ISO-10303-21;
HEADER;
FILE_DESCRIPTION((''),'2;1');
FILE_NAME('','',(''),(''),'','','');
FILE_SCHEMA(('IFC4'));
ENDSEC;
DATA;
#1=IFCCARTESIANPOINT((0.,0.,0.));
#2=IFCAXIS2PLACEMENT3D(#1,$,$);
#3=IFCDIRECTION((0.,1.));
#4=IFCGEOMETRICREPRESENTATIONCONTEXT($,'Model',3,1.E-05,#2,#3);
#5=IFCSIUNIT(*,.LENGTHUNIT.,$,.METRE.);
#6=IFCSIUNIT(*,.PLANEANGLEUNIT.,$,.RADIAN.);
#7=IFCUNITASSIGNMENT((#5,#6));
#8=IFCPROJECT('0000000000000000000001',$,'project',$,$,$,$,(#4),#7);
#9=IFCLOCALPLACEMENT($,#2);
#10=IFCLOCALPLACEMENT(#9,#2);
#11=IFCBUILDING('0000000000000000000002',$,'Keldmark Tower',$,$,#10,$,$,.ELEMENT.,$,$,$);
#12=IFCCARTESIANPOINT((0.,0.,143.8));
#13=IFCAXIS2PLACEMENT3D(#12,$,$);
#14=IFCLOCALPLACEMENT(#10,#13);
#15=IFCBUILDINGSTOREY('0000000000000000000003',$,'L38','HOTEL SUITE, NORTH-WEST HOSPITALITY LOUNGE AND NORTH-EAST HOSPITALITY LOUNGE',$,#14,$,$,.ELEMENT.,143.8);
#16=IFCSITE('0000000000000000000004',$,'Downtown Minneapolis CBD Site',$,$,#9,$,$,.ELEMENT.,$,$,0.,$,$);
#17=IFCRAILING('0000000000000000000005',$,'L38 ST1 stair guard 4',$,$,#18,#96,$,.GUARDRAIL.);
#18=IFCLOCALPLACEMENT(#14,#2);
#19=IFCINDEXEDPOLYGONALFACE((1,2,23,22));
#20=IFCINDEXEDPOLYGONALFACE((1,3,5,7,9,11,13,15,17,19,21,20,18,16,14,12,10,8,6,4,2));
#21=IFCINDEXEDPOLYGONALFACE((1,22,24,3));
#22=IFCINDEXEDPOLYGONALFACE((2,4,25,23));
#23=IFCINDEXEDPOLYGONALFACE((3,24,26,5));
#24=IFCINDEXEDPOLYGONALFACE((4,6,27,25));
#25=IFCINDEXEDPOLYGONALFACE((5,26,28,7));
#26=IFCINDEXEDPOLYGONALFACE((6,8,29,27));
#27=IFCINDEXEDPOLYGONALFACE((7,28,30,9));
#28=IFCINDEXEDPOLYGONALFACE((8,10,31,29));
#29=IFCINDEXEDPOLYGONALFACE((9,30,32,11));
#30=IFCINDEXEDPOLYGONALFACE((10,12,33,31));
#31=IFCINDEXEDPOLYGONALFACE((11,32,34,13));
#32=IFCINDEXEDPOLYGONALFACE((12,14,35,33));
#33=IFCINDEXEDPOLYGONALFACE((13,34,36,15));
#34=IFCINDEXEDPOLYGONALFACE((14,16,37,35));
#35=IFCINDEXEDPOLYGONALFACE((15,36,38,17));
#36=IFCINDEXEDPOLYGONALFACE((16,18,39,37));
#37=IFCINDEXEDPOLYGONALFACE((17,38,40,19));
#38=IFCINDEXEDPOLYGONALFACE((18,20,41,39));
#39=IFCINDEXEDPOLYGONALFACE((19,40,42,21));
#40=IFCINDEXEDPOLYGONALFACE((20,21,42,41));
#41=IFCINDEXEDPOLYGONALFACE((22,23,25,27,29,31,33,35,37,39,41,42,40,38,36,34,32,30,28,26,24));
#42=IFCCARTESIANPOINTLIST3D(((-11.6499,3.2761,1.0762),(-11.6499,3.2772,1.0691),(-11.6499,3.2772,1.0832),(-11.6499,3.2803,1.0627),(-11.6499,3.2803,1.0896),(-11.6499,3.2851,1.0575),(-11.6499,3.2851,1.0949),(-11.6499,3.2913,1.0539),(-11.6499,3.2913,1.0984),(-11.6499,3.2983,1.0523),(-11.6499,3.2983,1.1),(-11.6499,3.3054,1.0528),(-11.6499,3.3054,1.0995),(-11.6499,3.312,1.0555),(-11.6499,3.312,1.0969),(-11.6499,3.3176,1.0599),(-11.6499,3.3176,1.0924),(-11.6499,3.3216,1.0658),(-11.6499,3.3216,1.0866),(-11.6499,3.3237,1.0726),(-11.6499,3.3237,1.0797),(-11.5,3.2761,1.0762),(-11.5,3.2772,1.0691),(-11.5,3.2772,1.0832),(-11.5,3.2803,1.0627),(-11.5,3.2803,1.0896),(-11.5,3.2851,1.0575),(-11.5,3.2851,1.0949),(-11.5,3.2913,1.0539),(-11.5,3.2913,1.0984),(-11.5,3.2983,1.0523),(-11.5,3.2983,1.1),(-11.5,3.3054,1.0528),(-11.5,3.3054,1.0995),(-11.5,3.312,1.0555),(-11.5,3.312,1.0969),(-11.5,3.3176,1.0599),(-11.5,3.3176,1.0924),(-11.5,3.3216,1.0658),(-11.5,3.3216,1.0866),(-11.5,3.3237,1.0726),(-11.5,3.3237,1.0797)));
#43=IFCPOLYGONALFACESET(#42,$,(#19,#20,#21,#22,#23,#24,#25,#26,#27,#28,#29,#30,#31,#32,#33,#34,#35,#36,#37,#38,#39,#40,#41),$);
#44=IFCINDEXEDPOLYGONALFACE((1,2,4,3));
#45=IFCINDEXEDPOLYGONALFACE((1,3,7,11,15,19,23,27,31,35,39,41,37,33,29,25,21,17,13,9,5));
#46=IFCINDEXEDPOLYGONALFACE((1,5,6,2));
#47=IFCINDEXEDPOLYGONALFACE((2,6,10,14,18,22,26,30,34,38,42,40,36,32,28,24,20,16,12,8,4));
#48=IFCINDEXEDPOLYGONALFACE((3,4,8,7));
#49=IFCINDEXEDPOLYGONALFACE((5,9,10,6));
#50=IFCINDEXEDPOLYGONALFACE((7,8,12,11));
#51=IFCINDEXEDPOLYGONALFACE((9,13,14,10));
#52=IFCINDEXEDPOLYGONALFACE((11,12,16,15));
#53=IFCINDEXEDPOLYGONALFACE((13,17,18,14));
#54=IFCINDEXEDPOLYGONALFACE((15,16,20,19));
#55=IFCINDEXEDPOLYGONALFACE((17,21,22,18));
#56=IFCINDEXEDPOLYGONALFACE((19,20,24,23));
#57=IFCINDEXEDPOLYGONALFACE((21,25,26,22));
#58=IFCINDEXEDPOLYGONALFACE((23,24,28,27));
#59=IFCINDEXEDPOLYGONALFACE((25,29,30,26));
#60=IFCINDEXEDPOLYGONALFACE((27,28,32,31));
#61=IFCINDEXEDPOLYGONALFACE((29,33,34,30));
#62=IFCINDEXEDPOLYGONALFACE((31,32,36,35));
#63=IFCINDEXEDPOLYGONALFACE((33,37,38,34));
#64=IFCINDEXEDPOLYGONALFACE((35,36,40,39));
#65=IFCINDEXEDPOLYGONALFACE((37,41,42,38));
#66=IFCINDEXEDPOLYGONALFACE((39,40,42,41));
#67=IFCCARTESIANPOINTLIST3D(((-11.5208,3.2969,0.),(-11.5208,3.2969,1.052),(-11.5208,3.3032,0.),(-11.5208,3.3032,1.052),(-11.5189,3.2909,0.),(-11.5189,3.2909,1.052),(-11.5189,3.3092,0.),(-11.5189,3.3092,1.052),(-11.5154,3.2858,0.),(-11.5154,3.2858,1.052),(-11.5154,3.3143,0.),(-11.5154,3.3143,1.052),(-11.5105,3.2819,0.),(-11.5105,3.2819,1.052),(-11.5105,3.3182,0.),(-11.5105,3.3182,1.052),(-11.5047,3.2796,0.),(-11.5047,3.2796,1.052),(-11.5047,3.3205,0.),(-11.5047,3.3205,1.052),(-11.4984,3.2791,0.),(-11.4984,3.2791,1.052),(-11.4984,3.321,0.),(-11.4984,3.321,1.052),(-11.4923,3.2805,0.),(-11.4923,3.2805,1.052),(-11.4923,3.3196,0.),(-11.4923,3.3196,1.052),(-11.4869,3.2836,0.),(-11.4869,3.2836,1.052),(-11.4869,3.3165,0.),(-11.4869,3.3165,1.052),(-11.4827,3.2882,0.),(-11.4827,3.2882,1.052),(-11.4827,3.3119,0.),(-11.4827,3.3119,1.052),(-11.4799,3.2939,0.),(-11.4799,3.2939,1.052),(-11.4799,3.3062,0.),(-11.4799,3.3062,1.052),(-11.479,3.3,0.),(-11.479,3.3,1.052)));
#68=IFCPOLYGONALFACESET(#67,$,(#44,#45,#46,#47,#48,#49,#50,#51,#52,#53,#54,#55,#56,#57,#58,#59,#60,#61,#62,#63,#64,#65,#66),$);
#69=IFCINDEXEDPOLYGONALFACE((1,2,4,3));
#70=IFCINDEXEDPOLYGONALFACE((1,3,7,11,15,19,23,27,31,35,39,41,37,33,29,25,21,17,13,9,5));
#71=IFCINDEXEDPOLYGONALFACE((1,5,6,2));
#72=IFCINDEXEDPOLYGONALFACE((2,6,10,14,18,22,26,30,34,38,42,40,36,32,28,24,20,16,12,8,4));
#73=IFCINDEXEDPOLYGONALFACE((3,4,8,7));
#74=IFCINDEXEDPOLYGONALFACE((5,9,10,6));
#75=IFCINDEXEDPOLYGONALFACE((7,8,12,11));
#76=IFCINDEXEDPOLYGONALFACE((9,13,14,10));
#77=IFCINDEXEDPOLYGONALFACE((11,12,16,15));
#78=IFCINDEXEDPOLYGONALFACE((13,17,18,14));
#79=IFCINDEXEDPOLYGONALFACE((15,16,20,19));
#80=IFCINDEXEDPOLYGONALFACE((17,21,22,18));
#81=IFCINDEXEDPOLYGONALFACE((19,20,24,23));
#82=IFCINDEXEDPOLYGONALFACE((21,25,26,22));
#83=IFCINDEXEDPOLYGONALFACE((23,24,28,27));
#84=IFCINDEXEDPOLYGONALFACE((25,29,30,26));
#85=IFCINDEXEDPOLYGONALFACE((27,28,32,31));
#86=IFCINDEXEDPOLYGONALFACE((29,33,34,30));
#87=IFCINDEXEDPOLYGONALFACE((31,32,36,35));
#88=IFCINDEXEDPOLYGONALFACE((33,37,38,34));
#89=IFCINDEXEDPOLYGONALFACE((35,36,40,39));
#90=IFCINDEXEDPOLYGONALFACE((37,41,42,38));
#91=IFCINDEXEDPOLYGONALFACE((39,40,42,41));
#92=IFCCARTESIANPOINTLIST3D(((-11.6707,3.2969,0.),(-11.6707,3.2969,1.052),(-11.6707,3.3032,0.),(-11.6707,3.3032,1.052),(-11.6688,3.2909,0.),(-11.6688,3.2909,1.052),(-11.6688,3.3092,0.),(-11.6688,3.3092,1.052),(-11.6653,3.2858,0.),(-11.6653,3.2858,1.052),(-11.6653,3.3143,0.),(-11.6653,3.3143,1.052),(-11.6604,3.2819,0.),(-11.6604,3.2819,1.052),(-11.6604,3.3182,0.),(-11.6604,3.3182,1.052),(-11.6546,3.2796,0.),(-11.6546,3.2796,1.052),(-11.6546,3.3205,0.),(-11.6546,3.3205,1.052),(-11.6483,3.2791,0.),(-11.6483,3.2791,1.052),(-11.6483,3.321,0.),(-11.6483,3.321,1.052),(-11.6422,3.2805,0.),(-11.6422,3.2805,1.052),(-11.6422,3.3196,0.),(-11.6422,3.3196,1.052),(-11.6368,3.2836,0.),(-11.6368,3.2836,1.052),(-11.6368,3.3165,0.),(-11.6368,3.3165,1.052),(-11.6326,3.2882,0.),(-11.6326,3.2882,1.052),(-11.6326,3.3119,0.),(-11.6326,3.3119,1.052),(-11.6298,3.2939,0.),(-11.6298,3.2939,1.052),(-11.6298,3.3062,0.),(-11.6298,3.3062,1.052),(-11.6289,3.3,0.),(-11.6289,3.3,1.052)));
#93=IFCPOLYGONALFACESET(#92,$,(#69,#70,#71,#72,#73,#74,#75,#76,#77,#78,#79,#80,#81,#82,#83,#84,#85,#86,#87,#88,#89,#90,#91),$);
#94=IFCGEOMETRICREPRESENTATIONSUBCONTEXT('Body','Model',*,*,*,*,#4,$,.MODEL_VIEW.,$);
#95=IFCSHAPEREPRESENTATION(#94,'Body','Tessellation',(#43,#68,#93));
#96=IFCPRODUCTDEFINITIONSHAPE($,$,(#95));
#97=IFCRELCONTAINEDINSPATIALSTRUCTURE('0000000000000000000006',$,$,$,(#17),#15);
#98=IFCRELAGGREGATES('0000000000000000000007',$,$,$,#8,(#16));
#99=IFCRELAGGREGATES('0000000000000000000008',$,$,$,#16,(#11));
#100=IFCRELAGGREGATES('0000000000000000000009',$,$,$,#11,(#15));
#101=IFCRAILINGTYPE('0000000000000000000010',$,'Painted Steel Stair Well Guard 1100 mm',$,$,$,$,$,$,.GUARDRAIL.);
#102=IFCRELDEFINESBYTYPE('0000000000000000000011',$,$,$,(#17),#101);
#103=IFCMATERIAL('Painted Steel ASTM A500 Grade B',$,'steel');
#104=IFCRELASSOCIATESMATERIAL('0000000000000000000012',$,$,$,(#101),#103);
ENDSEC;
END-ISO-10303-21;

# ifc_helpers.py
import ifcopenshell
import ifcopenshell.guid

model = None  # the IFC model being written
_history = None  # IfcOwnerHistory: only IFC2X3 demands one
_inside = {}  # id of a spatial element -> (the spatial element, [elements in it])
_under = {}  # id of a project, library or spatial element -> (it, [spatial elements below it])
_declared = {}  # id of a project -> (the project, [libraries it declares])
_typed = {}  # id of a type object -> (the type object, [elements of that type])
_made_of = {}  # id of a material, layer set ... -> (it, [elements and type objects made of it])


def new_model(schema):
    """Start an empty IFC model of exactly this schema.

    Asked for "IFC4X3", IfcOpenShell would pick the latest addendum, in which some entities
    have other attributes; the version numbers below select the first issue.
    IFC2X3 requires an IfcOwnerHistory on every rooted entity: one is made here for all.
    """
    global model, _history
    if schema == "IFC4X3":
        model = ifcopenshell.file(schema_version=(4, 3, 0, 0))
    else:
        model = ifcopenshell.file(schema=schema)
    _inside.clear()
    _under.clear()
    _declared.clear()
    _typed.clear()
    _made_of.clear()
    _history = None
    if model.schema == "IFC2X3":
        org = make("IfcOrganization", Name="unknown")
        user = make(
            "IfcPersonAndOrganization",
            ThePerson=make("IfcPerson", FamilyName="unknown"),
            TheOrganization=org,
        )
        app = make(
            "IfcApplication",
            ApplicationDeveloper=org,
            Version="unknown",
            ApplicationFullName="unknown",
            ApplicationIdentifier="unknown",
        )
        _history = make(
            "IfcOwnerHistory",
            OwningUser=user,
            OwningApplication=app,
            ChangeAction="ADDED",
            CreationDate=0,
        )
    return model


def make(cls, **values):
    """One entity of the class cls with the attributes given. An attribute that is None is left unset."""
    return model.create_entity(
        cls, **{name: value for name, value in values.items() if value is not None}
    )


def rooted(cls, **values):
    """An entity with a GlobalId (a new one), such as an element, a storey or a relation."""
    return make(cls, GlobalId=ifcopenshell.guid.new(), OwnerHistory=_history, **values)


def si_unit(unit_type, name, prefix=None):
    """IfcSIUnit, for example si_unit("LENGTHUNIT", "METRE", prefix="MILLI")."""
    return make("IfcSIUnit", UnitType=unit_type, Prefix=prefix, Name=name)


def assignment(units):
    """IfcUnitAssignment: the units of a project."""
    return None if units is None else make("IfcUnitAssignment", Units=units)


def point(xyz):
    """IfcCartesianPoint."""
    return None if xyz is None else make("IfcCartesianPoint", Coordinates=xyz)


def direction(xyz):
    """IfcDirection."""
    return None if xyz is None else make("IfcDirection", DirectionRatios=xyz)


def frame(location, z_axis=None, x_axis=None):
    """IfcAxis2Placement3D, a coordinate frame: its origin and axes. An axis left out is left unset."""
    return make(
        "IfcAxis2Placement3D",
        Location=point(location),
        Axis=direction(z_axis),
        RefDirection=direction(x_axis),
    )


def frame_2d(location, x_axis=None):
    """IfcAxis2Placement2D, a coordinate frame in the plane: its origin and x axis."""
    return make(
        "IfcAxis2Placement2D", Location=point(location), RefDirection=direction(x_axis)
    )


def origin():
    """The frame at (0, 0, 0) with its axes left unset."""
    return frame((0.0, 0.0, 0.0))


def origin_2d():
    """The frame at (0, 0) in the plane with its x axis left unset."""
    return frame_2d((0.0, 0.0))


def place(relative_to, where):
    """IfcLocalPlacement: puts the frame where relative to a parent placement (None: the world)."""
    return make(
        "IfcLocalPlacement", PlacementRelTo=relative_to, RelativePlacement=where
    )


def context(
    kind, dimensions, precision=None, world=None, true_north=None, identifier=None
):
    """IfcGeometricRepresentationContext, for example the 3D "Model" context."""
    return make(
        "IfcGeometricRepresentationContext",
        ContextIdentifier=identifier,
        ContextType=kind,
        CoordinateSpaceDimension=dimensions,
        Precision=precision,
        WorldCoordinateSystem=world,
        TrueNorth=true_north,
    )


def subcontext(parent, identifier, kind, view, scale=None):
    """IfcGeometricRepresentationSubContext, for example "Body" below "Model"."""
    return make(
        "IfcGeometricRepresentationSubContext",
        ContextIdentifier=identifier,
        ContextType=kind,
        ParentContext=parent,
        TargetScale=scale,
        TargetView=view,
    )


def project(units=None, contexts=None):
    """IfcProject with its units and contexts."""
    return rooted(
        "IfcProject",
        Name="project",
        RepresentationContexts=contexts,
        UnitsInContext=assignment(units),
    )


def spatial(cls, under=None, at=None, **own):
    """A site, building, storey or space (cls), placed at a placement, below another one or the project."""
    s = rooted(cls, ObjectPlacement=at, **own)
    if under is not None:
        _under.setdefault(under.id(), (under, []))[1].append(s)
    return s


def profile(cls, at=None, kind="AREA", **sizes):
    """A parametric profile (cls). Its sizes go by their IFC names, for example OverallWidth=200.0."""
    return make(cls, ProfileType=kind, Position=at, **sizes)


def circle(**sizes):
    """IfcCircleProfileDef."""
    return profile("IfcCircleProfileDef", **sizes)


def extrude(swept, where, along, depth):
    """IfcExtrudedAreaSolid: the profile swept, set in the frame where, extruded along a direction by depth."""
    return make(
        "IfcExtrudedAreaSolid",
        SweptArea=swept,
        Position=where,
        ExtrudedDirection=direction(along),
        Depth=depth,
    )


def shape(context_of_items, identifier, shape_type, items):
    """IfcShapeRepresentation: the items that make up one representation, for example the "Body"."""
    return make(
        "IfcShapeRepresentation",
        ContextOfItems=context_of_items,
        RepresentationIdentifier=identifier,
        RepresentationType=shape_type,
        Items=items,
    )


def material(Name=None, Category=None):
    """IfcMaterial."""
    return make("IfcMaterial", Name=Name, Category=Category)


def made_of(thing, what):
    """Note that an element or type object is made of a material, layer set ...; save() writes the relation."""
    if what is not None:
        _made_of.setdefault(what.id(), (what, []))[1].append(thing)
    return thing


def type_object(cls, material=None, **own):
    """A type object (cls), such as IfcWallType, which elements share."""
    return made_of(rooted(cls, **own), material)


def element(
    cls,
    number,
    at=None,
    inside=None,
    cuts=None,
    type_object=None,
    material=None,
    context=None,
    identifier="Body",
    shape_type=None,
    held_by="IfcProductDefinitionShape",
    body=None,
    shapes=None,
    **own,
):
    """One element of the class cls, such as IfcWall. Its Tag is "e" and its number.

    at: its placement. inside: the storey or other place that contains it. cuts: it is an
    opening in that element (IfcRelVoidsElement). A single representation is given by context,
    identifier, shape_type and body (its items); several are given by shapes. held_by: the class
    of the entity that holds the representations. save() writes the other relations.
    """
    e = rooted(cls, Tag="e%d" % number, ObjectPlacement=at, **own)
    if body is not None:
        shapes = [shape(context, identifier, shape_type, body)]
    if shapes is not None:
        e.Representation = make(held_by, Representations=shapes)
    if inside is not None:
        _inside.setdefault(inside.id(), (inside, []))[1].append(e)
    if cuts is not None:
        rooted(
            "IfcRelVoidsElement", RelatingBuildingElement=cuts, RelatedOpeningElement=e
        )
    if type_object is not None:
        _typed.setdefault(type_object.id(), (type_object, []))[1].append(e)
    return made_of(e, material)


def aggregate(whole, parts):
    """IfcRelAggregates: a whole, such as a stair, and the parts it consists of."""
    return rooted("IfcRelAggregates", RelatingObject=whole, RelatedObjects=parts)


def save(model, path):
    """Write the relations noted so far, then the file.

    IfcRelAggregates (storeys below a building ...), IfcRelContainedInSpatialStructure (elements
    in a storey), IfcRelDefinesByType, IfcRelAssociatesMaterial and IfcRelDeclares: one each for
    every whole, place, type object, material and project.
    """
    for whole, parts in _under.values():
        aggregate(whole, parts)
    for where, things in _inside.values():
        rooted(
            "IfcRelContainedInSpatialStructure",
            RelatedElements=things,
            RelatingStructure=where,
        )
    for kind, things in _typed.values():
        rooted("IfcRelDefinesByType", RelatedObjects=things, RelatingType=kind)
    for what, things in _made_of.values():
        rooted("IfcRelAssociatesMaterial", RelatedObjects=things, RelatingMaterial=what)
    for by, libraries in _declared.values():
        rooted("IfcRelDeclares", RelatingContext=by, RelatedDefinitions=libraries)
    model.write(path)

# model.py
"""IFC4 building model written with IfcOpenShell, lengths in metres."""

from ifc_helpers import new_model, si_unit, direction, frame, origin, origin_2d, place, context, subcontext, project, spatial, circle, extrude, material, type_object, element, save


model = new_model("IFC4")

# Units and contexts
model_context = context("Model", 3, precision=1e-05, world=origin(), true_north=direction((0.0, 1.0)))
body_context = subcontext(model_context, "Body", "Model", "MODEL_VIEW")
ifc_project = project(units=[si_unit("LENGTHUNIT", "METRE"), si_unit("PLANEANGLEUNIT", "RADIAN")], contexts=[model_context])

# Site, building, storey
site_placement = place(None, origin())
site = spatial("IfcSite", under=ifc_project, at=site_placement, Name="Downtown Minneapolis CBD Site", CompositionType="ELEMENT", RefElevation=0.0)
building_placement = place(site_placement, origin())
building = spatial("IfcBuilding", under=site, at=building_placement, Name="Keldmark Tower", CompositionType="ELEMENT")
storey_placement = place(building_placement, frame((0.0, 0.0, 143.8)))
storey = spatial("IfcBuildingStorey", under=building, at=storey_placement, Name="L38", Description="HOTEL SUITE, NORTH-WEST HOSPITALITY LOUNGE AND NORTH-EAST HOSPITALITY LOUNGE", CompositionType="ELEMENT", Elevation=143.8)

# Railing
ifc_material_1 = material(Name="Painted Steel ASTM A500 Grade B", Category="steel")
railing_type_1 = type_object("IfcRailingType", Name="Painted Steel Stair Well Guard 1100 mm", PredefinedType="GUARDRAIL", material=ifc_material_1)
railing_1_placement = place(storey_placement, frame((-11.5, 3.3, 0.0)))
element("IfcRailing", 1, at=railing_1_placement, inside=storey, type_object=railing_type_1, Name="L38 ST1 stair guard 4", PredefinedType="GUARDRAIL", context=body_context, shape_type="SweptSolid", body=[
    extrude(circle(Radius=0.0239, at=origin_2d()), frame((0.0, 0.0, 1.0762), z_axis=(-1.0, 0.0, 0.0), x_axis=(0.0, -1.0, 0.0)), (0.0, 0.0, 1.0), 0.1499),
    extrude(circle(Radius=0.021, at=origin_2d()), origin(), (0.0, 0.0, 1.0), 1.052),
    extrude(circle(Radius=0.021, at=origin_2d()), frame((-0.1499, 0.0, 0.0)), (0.0, 0.0, 1.0), 1.052),
])

save(model, "model.ifc")
